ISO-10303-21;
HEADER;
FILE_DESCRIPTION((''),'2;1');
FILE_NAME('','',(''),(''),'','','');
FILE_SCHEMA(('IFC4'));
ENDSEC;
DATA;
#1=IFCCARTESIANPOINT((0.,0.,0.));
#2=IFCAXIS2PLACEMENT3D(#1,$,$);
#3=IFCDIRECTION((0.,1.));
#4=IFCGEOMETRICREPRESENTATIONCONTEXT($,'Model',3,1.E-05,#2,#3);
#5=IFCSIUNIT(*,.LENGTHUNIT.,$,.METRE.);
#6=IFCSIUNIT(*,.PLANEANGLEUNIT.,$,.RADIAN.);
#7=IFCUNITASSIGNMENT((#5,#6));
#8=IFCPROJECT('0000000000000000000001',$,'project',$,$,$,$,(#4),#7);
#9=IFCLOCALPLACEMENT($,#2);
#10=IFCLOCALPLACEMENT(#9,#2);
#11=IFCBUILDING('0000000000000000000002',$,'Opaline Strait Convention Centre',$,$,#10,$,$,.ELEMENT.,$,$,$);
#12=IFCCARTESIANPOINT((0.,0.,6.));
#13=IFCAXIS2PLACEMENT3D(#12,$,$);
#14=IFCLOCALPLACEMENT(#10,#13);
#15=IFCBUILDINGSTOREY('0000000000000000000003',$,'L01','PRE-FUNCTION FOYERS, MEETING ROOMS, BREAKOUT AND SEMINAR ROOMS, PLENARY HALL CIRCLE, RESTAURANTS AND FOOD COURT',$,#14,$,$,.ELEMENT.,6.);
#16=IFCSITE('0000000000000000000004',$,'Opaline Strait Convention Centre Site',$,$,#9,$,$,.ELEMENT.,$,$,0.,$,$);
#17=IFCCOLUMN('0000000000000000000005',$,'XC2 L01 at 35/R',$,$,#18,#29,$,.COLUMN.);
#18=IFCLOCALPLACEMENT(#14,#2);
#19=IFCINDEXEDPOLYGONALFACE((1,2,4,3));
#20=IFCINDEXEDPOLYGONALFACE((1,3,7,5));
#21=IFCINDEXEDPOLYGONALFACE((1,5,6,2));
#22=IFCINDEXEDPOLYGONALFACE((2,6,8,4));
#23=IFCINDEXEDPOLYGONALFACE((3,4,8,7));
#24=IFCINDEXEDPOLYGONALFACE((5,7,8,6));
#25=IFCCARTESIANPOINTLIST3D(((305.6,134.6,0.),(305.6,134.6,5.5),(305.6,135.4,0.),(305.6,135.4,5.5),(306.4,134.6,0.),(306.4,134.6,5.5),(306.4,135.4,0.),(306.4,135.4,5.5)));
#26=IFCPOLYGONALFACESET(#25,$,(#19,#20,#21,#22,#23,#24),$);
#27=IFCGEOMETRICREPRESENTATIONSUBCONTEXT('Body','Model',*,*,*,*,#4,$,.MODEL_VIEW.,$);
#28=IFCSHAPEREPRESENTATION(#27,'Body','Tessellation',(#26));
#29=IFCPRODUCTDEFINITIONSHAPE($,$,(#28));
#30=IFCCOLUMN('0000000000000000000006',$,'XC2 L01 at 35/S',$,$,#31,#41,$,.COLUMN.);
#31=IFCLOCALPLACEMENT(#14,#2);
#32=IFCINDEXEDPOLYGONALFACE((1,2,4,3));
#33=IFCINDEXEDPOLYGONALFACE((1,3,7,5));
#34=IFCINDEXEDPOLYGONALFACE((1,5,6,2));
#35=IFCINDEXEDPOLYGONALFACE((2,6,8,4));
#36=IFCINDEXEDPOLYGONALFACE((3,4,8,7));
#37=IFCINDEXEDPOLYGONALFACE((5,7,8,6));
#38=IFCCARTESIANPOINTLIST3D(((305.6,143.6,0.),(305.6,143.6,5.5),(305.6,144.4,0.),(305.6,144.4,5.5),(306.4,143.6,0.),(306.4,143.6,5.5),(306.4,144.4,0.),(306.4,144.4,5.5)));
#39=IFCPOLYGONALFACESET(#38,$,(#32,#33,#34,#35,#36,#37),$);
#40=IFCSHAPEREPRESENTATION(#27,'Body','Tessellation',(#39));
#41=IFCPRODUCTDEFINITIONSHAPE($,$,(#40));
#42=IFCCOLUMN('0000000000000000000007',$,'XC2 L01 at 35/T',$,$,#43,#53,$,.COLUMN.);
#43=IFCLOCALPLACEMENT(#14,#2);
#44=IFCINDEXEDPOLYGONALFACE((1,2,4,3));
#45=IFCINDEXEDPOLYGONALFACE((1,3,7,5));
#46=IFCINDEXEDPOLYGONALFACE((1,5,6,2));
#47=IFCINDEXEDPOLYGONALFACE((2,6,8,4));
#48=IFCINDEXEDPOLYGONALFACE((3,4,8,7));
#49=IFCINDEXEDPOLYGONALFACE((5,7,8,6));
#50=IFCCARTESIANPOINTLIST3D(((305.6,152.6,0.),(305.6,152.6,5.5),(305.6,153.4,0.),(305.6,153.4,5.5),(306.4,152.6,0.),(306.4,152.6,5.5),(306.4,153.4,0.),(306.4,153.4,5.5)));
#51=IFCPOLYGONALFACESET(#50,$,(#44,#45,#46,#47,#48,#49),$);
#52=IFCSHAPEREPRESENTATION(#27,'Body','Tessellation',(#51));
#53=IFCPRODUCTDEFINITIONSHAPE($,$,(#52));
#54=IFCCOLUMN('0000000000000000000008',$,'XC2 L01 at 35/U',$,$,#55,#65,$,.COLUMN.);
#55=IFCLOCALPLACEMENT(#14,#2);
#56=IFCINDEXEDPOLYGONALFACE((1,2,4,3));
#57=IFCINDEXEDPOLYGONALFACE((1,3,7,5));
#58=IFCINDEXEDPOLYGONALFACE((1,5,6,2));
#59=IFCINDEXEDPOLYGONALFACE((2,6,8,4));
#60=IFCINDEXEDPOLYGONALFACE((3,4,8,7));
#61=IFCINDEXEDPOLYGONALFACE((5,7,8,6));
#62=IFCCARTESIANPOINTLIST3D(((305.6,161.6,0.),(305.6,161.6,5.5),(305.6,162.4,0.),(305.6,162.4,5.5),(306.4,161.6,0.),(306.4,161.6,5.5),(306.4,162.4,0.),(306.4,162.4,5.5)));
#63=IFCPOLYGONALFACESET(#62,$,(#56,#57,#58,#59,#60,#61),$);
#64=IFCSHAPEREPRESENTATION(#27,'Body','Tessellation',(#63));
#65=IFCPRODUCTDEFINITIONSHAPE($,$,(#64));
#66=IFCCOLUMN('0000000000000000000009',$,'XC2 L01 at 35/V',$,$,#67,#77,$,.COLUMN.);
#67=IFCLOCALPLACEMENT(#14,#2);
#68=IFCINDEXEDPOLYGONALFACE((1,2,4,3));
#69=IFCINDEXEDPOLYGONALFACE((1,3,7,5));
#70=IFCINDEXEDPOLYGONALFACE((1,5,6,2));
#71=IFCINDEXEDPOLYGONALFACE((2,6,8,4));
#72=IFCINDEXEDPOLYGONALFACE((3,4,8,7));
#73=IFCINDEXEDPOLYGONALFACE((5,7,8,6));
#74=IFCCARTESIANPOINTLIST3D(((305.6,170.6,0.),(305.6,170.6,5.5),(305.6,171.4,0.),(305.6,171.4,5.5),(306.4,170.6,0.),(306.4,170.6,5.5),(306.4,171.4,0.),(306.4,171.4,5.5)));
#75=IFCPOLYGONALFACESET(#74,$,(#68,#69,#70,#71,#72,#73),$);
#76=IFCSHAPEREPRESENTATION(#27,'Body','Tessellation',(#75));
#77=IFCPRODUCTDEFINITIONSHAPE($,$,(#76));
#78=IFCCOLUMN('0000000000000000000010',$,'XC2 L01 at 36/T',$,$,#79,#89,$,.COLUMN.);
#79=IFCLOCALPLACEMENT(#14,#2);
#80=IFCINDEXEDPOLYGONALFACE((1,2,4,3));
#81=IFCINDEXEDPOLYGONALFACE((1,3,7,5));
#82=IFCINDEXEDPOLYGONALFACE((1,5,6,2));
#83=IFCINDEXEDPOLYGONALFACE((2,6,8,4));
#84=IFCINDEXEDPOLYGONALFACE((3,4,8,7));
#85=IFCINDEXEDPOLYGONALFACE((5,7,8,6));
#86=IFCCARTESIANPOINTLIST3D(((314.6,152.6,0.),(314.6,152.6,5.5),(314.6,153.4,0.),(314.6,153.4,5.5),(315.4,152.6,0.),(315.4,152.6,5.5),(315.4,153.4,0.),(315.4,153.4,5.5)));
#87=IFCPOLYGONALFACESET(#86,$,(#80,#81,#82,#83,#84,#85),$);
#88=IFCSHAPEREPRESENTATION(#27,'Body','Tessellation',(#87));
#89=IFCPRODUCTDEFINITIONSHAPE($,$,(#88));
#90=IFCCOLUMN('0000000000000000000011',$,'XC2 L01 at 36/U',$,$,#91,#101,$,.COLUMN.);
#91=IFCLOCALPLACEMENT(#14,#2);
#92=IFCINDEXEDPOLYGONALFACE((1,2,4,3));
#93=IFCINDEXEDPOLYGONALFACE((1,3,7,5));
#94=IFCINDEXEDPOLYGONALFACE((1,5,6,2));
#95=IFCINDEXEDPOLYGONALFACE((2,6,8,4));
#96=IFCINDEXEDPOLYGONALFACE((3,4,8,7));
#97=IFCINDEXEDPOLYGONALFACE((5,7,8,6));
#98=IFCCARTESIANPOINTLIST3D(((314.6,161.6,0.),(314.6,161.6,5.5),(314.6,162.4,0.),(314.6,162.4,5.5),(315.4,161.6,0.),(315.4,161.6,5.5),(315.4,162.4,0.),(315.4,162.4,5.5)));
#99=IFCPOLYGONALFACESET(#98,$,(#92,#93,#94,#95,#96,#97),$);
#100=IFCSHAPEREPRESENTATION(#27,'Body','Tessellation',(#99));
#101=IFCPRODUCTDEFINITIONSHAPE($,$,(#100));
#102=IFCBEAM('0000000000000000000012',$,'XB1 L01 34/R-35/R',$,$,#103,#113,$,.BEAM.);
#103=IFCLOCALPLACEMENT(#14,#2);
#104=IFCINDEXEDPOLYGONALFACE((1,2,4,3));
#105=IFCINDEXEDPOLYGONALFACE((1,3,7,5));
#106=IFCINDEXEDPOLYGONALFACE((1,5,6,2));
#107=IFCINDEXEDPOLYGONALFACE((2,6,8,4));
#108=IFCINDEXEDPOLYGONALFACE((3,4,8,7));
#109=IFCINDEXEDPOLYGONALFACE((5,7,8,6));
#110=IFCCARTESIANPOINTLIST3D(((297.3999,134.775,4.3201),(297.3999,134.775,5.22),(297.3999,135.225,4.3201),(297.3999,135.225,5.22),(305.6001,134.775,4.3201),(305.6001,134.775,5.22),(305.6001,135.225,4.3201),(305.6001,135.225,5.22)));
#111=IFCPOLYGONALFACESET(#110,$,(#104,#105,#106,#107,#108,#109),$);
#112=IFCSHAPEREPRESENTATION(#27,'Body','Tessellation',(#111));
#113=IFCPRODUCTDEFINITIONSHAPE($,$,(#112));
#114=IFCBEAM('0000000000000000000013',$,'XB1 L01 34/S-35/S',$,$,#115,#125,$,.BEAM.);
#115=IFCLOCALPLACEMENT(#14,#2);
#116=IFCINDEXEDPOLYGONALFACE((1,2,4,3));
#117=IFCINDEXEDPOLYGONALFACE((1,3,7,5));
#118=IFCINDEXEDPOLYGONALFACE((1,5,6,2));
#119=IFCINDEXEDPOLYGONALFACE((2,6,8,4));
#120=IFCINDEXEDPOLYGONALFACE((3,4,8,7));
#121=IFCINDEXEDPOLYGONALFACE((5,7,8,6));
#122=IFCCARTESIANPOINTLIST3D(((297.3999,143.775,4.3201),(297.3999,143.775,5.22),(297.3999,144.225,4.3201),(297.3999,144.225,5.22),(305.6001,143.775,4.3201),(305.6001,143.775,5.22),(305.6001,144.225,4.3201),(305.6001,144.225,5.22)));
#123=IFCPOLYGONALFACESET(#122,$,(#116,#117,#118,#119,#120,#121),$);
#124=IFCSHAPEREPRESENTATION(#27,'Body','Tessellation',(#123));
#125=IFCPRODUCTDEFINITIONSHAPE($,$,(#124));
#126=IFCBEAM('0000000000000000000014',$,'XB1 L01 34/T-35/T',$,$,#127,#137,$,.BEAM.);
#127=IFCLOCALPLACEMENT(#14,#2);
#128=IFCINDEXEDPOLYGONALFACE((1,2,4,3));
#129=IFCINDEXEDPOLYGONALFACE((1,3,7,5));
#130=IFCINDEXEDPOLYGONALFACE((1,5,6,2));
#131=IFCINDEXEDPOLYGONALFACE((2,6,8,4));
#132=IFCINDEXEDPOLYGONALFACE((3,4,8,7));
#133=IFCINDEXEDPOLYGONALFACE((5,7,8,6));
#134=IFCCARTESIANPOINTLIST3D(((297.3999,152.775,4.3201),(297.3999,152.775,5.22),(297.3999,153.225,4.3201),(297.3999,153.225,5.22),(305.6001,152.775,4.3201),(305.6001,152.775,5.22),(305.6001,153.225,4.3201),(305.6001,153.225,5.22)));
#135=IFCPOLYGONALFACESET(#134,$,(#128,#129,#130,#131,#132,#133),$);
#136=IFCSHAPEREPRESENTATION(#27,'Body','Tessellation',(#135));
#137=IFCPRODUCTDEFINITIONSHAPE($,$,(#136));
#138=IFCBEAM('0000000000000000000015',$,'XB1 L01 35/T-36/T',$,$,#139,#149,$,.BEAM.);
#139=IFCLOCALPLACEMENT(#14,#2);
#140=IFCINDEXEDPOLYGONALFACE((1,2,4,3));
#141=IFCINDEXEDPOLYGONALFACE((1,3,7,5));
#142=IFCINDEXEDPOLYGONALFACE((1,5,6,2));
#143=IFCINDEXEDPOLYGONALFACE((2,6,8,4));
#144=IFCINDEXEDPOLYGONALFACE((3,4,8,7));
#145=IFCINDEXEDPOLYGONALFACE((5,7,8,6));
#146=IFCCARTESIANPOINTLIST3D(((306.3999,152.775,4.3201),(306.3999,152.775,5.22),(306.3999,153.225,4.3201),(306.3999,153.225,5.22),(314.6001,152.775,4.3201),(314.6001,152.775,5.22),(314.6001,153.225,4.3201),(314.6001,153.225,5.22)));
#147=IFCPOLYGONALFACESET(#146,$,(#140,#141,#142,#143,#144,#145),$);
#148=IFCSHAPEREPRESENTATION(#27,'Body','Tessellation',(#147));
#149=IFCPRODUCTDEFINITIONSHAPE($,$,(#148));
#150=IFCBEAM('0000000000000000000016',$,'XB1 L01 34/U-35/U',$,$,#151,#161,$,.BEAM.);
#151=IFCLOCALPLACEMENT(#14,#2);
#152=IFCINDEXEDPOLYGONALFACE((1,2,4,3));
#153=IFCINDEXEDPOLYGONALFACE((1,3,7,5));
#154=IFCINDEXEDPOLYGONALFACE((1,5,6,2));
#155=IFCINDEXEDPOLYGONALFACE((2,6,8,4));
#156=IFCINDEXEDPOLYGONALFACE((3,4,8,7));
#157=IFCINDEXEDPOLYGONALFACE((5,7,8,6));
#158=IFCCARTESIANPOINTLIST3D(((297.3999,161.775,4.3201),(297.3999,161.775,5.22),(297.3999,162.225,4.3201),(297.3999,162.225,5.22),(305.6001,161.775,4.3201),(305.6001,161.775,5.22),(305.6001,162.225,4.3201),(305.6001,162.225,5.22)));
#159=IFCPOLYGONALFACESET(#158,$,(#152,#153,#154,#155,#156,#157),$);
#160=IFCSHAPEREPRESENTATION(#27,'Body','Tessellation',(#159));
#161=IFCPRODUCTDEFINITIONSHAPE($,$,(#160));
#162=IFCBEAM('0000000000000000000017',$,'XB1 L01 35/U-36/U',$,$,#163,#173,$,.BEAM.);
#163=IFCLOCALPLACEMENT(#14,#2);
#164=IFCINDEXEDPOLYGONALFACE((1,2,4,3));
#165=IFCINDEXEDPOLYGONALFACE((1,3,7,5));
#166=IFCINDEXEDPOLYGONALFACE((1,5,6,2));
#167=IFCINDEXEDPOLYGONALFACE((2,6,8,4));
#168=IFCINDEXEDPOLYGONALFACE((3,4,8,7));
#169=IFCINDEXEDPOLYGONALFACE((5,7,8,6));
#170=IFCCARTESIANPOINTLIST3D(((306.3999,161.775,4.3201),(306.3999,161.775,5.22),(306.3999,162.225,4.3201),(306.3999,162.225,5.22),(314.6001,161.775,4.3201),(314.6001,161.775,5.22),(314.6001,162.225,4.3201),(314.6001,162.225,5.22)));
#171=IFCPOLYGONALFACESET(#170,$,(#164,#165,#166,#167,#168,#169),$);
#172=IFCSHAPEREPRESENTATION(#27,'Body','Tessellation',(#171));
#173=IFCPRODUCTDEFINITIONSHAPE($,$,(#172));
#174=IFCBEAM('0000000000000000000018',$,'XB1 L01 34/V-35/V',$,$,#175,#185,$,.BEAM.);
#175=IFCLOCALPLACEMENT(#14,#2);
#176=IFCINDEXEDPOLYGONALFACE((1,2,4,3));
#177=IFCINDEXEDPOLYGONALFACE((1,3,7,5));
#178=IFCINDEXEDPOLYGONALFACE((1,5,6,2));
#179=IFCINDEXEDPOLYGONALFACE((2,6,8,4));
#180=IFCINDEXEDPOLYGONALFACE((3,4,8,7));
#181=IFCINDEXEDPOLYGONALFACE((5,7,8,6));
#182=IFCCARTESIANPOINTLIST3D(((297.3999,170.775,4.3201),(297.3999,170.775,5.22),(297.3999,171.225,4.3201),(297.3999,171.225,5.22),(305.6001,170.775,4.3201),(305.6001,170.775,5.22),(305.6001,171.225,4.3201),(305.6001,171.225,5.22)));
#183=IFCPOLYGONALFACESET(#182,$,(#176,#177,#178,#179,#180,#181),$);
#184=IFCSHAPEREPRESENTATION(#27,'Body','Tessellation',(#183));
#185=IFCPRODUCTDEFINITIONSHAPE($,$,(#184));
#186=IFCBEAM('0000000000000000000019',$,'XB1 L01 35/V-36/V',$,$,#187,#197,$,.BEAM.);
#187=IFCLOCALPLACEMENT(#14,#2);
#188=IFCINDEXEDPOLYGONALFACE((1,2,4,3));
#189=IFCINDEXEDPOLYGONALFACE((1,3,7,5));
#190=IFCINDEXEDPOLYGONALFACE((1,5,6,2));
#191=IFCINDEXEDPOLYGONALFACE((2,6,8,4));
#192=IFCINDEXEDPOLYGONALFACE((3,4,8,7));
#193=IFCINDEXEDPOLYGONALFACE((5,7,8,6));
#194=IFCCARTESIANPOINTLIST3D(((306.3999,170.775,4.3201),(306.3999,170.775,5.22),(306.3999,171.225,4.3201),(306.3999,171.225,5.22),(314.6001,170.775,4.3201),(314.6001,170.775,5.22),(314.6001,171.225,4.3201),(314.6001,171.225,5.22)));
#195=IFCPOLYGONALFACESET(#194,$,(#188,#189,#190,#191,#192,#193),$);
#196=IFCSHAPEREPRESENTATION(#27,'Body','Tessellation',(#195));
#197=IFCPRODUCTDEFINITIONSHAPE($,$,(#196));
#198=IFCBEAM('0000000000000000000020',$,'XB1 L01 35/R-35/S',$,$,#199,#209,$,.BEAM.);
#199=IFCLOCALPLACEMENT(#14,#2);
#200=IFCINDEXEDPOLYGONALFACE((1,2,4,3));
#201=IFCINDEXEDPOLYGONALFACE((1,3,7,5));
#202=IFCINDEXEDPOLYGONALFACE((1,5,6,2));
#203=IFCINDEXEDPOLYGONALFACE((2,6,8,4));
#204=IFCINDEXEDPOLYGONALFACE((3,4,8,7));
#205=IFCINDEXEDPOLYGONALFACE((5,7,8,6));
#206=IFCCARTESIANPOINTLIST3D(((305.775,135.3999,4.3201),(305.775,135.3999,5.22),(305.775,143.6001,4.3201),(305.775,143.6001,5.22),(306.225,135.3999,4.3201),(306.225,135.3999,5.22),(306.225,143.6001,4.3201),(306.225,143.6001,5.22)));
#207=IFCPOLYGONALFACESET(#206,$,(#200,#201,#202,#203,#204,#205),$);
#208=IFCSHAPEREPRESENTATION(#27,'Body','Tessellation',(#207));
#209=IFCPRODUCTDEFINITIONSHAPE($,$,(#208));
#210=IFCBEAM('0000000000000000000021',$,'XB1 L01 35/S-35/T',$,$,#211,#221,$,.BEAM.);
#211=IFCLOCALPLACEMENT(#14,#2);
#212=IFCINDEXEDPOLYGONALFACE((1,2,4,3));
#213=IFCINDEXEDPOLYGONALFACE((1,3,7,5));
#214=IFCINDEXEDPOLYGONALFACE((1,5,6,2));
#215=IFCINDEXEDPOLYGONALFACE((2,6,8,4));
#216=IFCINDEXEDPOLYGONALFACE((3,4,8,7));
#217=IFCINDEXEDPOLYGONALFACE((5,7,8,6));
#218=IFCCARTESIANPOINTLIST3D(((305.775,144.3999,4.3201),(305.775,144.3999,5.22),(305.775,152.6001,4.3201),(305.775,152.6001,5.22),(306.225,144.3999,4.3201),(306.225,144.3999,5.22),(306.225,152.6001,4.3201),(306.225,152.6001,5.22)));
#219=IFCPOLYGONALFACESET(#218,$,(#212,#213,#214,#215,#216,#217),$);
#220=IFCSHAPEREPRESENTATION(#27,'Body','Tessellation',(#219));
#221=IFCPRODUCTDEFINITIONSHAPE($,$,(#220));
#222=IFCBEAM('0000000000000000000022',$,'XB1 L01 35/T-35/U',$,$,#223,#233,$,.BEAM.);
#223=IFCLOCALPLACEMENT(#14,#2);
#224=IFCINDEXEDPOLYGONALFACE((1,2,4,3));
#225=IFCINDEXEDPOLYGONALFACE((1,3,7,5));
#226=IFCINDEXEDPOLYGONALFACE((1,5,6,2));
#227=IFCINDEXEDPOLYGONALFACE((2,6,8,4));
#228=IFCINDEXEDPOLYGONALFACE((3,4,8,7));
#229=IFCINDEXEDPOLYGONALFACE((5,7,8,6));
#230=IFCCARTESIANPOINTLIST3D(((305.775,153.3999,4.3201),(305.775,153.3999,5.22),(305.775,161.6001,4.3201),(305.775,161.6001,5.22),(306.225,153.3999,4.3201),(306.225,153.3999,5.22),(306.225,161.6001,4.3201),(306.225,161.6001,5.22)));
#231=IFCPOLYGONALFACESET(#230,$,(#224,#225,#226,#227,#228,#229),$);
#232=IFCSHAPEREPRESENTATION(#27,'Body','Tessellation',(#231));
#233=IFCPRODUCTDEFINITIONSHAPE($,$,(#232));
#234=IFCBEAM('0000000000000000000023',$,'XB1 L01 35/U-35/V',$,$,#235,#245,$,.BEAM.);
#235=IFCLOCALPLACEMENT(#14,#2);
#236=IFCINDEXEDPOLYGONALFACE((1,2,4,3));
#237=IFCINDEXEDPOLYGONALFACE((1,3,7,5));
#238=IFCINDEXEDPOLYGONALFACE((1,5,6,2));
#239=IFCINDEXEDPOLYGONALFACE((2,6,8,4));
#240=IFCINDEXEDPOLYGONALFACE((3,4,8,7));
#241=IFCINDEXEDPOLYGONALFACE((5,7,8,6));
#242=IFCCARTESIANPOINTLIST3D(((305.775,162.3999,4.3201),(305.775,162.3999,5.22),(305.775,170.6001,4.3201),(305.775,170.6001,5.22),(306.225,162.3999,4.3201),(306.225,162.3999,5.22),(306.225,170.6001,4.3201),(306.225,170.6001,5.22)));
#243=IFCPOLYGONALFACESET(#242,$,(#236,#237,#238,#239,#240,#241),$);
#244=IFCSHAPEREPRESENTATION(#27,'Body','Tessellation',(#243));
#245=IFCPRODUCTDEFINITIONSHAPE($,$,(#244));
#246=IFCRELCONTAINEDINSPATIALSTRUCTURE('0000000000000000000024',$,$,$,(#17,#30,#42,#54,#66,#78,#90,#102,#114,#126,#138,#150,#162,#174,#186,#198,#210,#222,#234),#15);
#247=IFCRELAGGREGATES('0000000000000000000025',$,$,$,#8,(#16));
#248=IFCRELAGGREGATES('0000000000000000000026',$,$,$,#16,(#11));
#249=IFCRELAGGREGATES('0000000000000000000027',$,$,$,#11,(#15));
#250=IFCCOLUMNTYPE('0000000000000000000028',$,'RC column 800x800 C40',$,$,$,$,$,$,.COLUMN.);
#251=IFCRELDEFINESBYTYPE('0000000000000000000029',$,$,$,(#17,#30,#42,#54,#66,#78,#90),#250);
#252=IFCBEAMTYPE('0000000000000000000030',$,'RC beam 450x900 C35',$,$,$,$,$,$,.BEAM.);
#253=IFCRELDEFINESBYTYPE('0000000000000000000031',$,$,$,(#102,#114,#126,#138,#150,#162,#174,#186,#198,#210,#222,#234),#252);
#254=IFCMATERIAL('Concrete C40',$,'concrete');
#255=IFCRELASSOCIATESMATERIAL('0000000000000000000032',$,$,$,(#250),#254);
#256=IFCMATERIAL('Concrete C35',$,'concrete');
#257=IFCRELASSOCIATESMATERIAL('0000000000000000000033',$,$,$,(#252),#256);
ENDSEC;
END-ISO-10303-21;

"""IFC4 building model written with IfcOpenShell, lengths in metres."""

from ifc_helpers import new_model, si_unit, direction, frame, origin, origin_2d, place, context, subcontext, project, spatial, rectangle, extrude, material, material_profile, profile_set, type_object, element, save


model = new_model("IFC4")

# Units and contexts
model_context = context("Model", 3, precision=1e-05, world=origin(), true_north=direction((0.0, 1.0)))
body_context = subcontext(model_context, "Body", "Model", "MODEL_VIEW")
ifc_project = project(units=[si_unit("LENGTHUNIT", "METRE"), si_unit("PLANEANGLEUNIT", "RADIAN")], contexts=[model_context])

# Site, building, storey
site_placement = place(None, origin())
site = spatial("IfcSite", under=ifc_project, at=site_placement, Name="Opaline Strait Convention Centre Site", CompositionType="ELEMENT", RefElevation=0.0)
building_placement = place(site_placement, origin())
building = spatial("IfcBuilding", under=site, at=building_placement, Name="Opaline Strait Convention Centre", CompositionType="ELEMENT")
storey_placement = place(building_placement, frame((0.0, 0.0, 6.0)))
storey = spatial("IfcBuildingStorey", under=building, at=storey_placement, Name="L01", Description="PRE-FUNCTION FOYERS, MEETING ROOMS, BREAKOUT AND SEMINAR ROOMS, PLENARY HALL CIRCLE, RESTAURANTS AND FOOD COURT", CompositionType="ELEMENT", Elevation=6.0)

# Columns
ifc_material_1 = material(Name="Concrete C40", Category="concrete")
ifc_material_profile_1 = material_profile(ifc_material_1, rectangle(XDim=0.8, YDim=0.8, at=origin_2d()), Name="RC 800x800")
ifc_profile_set_1 = profile_set([ifc_material_profile_1], Name="Concrete C40")
column_type = type_object("IfcColumnType", Name="RC column 800x800 C40", PredefinedType="COLUMN", material=ifc_profile_set_1)
for number, where, z_axis, x_axis, name in (
    (1, (306.0, 135.0, 0.0), (0.0, 0.0, 1.0), (1.0, 0.0, 0.0), "XC2 L01 at 35/R"),
    (2, (306.0, 144.0, 0.0), (0.0, 0.0, 1.0), (1.0, 0.0, 0.0), "XC2 L01 at 35/S"),
    (3, (306.0, 153.0, 0.0), (0.0, 0.0, 1.0), (1.0, 0.0, 0.0), "XC2 L01 at 35/T"),
    (4, (306.0, 162.0, 0.0), (0.0, 0.0, 1.0), (1.0, 0.0, 0.0), "XC2 L01 at 35/U"),
    (5, (306.0, 171.0, 0.0), (0.0, 0.0, 1.0), (1.0, 0.0, 0.0), "XC2 L01 at 35/V"),
    (6, (315.0, 153.0, 0.0), (0.0, 0.0, 1.0), (1.0, 0.0, 0.0), "XC2 L01 at 36/T"),
    (7, (315.0, 162.0, 0.0), (0.0, 0.0, 1.0), (1.0, 0.0, 0.0), "XC2 L01 at 36/U"),
):
    element("IfcColumn", number, at=place(storey_placement, frame(where, z_axis=z_axis, x_axis=x_axis)), inside=storey, type_object=column_type, Name=name, PredefinedType="COLUMN", context=body_context, shape_type="SweptSolid", body=[
        extrude(rectangle(XDim=0.8, YDim=0.8, at=origin_2d()), origin(), (0.0, 0.0, 1.0), 5.5),
    ])

# Beams
ifc_material_2 = material(Name="Concrete C35", Category="concrete")
ifc_material_profile_2 = material_profile(ifc_material_2, rectangle(XDim=0.45, YDim=0.8999, at=origin_2d()), Name="RC 450x900")
ifc_profile_set_2 = profile_set([ifc_material_profile_2], Name="Concrete C35")
beam_type = type_object("IfcBeamType", Name="RC beam 450x900 C35", PredefinedType="BEAM", material=ifc_profile_set_2)
for number, where, z_axis, x_axis, name in (
    (8, (297.3999, 135.0, 4.77), (1.0, 0.0, 0.0), (0.0, 1.0, 0.0), "XB1 L01 34/R-35/R"),
    (9, (297.3999, 144.0, 4.77), (1.0, 0.0, 0.0), (0.0, 1.0, 0.0), "XB1 L01 34/S-35/S"),
    (10, (297.3999, 153.0, 4.77), (1.0, 0.0, 0.0), (0.0, 1.0, 0.0), "XB1 L01 34/T-35/T"),
    (11, (306.3999, 153.0, 4.77), (1.0, 0.0, 0.0), (0.0, 1.0, 0.0), "XB1 L01 35/T-36/T"),
    (12, (297.3999, 162.0, 4.77), (1.0, 0.0, 0.0), (0.0, 1.0, 0.0), "XB1 L01 34/U-35/U"),
    (13, (306.3999, 162.0, 4.77), (1.0, 0.0, 0.0), (0.0, 1.0, 0.0), "XB1 L01 35/U-36/U"),
    (14, (297.3999, 171.0, 4.77), (1.0, 0.0, 0.0), (0.0, 1.0, 0.0), "XB1 L01 34/V-35/V"),
    (15, (306.3999, 171.0, 4.77), (1.0, 0.0, 0.0), (0.0, 1.0, 0.0), "XB1 L01 35/V-36/V"),
    (16, (306.0, 135.3999, 4.77), (0.0, 1.0, 0.0), (-1.0, 0.0, 0.0), "XB1 L01 35/R-35/S"),
    (17, (306.0, 144.3999, 4.77), (0.0, 1.0, 0.0), (-1.0, 0.0, 0.0), "XB1 L01 35/S-35/T"),
    (18, (306.0, 153.3999, 4.77), (0.0, 1.0, 0.0), (-1.0, 0.0, 0.0), "XB1 L01 35/T-35/U"),
    (19, (306.0, 162.3999, 4.77), (0.0, 1.0, 0.0), (-1.0, 0.0, 0.0), "XB1 L01 35/U-35/V"),
):
    element("IfcBeam", number, at=place(storey_placement, frame(where, z_axis=z_axis, x_axis=x_axis)), inside=storey, type_object=beam_type, Name=name, PredefinedType="BEAM", context=body_context, shape_type="SweptSolid", body=[
        extrude(rectangle(XDim=0.45, YDim=0.8999, at=origin_2d()), origin(), (0.0, 0.0, 1.0), 8.2002),
    ])

save(model, "model.ifc")
